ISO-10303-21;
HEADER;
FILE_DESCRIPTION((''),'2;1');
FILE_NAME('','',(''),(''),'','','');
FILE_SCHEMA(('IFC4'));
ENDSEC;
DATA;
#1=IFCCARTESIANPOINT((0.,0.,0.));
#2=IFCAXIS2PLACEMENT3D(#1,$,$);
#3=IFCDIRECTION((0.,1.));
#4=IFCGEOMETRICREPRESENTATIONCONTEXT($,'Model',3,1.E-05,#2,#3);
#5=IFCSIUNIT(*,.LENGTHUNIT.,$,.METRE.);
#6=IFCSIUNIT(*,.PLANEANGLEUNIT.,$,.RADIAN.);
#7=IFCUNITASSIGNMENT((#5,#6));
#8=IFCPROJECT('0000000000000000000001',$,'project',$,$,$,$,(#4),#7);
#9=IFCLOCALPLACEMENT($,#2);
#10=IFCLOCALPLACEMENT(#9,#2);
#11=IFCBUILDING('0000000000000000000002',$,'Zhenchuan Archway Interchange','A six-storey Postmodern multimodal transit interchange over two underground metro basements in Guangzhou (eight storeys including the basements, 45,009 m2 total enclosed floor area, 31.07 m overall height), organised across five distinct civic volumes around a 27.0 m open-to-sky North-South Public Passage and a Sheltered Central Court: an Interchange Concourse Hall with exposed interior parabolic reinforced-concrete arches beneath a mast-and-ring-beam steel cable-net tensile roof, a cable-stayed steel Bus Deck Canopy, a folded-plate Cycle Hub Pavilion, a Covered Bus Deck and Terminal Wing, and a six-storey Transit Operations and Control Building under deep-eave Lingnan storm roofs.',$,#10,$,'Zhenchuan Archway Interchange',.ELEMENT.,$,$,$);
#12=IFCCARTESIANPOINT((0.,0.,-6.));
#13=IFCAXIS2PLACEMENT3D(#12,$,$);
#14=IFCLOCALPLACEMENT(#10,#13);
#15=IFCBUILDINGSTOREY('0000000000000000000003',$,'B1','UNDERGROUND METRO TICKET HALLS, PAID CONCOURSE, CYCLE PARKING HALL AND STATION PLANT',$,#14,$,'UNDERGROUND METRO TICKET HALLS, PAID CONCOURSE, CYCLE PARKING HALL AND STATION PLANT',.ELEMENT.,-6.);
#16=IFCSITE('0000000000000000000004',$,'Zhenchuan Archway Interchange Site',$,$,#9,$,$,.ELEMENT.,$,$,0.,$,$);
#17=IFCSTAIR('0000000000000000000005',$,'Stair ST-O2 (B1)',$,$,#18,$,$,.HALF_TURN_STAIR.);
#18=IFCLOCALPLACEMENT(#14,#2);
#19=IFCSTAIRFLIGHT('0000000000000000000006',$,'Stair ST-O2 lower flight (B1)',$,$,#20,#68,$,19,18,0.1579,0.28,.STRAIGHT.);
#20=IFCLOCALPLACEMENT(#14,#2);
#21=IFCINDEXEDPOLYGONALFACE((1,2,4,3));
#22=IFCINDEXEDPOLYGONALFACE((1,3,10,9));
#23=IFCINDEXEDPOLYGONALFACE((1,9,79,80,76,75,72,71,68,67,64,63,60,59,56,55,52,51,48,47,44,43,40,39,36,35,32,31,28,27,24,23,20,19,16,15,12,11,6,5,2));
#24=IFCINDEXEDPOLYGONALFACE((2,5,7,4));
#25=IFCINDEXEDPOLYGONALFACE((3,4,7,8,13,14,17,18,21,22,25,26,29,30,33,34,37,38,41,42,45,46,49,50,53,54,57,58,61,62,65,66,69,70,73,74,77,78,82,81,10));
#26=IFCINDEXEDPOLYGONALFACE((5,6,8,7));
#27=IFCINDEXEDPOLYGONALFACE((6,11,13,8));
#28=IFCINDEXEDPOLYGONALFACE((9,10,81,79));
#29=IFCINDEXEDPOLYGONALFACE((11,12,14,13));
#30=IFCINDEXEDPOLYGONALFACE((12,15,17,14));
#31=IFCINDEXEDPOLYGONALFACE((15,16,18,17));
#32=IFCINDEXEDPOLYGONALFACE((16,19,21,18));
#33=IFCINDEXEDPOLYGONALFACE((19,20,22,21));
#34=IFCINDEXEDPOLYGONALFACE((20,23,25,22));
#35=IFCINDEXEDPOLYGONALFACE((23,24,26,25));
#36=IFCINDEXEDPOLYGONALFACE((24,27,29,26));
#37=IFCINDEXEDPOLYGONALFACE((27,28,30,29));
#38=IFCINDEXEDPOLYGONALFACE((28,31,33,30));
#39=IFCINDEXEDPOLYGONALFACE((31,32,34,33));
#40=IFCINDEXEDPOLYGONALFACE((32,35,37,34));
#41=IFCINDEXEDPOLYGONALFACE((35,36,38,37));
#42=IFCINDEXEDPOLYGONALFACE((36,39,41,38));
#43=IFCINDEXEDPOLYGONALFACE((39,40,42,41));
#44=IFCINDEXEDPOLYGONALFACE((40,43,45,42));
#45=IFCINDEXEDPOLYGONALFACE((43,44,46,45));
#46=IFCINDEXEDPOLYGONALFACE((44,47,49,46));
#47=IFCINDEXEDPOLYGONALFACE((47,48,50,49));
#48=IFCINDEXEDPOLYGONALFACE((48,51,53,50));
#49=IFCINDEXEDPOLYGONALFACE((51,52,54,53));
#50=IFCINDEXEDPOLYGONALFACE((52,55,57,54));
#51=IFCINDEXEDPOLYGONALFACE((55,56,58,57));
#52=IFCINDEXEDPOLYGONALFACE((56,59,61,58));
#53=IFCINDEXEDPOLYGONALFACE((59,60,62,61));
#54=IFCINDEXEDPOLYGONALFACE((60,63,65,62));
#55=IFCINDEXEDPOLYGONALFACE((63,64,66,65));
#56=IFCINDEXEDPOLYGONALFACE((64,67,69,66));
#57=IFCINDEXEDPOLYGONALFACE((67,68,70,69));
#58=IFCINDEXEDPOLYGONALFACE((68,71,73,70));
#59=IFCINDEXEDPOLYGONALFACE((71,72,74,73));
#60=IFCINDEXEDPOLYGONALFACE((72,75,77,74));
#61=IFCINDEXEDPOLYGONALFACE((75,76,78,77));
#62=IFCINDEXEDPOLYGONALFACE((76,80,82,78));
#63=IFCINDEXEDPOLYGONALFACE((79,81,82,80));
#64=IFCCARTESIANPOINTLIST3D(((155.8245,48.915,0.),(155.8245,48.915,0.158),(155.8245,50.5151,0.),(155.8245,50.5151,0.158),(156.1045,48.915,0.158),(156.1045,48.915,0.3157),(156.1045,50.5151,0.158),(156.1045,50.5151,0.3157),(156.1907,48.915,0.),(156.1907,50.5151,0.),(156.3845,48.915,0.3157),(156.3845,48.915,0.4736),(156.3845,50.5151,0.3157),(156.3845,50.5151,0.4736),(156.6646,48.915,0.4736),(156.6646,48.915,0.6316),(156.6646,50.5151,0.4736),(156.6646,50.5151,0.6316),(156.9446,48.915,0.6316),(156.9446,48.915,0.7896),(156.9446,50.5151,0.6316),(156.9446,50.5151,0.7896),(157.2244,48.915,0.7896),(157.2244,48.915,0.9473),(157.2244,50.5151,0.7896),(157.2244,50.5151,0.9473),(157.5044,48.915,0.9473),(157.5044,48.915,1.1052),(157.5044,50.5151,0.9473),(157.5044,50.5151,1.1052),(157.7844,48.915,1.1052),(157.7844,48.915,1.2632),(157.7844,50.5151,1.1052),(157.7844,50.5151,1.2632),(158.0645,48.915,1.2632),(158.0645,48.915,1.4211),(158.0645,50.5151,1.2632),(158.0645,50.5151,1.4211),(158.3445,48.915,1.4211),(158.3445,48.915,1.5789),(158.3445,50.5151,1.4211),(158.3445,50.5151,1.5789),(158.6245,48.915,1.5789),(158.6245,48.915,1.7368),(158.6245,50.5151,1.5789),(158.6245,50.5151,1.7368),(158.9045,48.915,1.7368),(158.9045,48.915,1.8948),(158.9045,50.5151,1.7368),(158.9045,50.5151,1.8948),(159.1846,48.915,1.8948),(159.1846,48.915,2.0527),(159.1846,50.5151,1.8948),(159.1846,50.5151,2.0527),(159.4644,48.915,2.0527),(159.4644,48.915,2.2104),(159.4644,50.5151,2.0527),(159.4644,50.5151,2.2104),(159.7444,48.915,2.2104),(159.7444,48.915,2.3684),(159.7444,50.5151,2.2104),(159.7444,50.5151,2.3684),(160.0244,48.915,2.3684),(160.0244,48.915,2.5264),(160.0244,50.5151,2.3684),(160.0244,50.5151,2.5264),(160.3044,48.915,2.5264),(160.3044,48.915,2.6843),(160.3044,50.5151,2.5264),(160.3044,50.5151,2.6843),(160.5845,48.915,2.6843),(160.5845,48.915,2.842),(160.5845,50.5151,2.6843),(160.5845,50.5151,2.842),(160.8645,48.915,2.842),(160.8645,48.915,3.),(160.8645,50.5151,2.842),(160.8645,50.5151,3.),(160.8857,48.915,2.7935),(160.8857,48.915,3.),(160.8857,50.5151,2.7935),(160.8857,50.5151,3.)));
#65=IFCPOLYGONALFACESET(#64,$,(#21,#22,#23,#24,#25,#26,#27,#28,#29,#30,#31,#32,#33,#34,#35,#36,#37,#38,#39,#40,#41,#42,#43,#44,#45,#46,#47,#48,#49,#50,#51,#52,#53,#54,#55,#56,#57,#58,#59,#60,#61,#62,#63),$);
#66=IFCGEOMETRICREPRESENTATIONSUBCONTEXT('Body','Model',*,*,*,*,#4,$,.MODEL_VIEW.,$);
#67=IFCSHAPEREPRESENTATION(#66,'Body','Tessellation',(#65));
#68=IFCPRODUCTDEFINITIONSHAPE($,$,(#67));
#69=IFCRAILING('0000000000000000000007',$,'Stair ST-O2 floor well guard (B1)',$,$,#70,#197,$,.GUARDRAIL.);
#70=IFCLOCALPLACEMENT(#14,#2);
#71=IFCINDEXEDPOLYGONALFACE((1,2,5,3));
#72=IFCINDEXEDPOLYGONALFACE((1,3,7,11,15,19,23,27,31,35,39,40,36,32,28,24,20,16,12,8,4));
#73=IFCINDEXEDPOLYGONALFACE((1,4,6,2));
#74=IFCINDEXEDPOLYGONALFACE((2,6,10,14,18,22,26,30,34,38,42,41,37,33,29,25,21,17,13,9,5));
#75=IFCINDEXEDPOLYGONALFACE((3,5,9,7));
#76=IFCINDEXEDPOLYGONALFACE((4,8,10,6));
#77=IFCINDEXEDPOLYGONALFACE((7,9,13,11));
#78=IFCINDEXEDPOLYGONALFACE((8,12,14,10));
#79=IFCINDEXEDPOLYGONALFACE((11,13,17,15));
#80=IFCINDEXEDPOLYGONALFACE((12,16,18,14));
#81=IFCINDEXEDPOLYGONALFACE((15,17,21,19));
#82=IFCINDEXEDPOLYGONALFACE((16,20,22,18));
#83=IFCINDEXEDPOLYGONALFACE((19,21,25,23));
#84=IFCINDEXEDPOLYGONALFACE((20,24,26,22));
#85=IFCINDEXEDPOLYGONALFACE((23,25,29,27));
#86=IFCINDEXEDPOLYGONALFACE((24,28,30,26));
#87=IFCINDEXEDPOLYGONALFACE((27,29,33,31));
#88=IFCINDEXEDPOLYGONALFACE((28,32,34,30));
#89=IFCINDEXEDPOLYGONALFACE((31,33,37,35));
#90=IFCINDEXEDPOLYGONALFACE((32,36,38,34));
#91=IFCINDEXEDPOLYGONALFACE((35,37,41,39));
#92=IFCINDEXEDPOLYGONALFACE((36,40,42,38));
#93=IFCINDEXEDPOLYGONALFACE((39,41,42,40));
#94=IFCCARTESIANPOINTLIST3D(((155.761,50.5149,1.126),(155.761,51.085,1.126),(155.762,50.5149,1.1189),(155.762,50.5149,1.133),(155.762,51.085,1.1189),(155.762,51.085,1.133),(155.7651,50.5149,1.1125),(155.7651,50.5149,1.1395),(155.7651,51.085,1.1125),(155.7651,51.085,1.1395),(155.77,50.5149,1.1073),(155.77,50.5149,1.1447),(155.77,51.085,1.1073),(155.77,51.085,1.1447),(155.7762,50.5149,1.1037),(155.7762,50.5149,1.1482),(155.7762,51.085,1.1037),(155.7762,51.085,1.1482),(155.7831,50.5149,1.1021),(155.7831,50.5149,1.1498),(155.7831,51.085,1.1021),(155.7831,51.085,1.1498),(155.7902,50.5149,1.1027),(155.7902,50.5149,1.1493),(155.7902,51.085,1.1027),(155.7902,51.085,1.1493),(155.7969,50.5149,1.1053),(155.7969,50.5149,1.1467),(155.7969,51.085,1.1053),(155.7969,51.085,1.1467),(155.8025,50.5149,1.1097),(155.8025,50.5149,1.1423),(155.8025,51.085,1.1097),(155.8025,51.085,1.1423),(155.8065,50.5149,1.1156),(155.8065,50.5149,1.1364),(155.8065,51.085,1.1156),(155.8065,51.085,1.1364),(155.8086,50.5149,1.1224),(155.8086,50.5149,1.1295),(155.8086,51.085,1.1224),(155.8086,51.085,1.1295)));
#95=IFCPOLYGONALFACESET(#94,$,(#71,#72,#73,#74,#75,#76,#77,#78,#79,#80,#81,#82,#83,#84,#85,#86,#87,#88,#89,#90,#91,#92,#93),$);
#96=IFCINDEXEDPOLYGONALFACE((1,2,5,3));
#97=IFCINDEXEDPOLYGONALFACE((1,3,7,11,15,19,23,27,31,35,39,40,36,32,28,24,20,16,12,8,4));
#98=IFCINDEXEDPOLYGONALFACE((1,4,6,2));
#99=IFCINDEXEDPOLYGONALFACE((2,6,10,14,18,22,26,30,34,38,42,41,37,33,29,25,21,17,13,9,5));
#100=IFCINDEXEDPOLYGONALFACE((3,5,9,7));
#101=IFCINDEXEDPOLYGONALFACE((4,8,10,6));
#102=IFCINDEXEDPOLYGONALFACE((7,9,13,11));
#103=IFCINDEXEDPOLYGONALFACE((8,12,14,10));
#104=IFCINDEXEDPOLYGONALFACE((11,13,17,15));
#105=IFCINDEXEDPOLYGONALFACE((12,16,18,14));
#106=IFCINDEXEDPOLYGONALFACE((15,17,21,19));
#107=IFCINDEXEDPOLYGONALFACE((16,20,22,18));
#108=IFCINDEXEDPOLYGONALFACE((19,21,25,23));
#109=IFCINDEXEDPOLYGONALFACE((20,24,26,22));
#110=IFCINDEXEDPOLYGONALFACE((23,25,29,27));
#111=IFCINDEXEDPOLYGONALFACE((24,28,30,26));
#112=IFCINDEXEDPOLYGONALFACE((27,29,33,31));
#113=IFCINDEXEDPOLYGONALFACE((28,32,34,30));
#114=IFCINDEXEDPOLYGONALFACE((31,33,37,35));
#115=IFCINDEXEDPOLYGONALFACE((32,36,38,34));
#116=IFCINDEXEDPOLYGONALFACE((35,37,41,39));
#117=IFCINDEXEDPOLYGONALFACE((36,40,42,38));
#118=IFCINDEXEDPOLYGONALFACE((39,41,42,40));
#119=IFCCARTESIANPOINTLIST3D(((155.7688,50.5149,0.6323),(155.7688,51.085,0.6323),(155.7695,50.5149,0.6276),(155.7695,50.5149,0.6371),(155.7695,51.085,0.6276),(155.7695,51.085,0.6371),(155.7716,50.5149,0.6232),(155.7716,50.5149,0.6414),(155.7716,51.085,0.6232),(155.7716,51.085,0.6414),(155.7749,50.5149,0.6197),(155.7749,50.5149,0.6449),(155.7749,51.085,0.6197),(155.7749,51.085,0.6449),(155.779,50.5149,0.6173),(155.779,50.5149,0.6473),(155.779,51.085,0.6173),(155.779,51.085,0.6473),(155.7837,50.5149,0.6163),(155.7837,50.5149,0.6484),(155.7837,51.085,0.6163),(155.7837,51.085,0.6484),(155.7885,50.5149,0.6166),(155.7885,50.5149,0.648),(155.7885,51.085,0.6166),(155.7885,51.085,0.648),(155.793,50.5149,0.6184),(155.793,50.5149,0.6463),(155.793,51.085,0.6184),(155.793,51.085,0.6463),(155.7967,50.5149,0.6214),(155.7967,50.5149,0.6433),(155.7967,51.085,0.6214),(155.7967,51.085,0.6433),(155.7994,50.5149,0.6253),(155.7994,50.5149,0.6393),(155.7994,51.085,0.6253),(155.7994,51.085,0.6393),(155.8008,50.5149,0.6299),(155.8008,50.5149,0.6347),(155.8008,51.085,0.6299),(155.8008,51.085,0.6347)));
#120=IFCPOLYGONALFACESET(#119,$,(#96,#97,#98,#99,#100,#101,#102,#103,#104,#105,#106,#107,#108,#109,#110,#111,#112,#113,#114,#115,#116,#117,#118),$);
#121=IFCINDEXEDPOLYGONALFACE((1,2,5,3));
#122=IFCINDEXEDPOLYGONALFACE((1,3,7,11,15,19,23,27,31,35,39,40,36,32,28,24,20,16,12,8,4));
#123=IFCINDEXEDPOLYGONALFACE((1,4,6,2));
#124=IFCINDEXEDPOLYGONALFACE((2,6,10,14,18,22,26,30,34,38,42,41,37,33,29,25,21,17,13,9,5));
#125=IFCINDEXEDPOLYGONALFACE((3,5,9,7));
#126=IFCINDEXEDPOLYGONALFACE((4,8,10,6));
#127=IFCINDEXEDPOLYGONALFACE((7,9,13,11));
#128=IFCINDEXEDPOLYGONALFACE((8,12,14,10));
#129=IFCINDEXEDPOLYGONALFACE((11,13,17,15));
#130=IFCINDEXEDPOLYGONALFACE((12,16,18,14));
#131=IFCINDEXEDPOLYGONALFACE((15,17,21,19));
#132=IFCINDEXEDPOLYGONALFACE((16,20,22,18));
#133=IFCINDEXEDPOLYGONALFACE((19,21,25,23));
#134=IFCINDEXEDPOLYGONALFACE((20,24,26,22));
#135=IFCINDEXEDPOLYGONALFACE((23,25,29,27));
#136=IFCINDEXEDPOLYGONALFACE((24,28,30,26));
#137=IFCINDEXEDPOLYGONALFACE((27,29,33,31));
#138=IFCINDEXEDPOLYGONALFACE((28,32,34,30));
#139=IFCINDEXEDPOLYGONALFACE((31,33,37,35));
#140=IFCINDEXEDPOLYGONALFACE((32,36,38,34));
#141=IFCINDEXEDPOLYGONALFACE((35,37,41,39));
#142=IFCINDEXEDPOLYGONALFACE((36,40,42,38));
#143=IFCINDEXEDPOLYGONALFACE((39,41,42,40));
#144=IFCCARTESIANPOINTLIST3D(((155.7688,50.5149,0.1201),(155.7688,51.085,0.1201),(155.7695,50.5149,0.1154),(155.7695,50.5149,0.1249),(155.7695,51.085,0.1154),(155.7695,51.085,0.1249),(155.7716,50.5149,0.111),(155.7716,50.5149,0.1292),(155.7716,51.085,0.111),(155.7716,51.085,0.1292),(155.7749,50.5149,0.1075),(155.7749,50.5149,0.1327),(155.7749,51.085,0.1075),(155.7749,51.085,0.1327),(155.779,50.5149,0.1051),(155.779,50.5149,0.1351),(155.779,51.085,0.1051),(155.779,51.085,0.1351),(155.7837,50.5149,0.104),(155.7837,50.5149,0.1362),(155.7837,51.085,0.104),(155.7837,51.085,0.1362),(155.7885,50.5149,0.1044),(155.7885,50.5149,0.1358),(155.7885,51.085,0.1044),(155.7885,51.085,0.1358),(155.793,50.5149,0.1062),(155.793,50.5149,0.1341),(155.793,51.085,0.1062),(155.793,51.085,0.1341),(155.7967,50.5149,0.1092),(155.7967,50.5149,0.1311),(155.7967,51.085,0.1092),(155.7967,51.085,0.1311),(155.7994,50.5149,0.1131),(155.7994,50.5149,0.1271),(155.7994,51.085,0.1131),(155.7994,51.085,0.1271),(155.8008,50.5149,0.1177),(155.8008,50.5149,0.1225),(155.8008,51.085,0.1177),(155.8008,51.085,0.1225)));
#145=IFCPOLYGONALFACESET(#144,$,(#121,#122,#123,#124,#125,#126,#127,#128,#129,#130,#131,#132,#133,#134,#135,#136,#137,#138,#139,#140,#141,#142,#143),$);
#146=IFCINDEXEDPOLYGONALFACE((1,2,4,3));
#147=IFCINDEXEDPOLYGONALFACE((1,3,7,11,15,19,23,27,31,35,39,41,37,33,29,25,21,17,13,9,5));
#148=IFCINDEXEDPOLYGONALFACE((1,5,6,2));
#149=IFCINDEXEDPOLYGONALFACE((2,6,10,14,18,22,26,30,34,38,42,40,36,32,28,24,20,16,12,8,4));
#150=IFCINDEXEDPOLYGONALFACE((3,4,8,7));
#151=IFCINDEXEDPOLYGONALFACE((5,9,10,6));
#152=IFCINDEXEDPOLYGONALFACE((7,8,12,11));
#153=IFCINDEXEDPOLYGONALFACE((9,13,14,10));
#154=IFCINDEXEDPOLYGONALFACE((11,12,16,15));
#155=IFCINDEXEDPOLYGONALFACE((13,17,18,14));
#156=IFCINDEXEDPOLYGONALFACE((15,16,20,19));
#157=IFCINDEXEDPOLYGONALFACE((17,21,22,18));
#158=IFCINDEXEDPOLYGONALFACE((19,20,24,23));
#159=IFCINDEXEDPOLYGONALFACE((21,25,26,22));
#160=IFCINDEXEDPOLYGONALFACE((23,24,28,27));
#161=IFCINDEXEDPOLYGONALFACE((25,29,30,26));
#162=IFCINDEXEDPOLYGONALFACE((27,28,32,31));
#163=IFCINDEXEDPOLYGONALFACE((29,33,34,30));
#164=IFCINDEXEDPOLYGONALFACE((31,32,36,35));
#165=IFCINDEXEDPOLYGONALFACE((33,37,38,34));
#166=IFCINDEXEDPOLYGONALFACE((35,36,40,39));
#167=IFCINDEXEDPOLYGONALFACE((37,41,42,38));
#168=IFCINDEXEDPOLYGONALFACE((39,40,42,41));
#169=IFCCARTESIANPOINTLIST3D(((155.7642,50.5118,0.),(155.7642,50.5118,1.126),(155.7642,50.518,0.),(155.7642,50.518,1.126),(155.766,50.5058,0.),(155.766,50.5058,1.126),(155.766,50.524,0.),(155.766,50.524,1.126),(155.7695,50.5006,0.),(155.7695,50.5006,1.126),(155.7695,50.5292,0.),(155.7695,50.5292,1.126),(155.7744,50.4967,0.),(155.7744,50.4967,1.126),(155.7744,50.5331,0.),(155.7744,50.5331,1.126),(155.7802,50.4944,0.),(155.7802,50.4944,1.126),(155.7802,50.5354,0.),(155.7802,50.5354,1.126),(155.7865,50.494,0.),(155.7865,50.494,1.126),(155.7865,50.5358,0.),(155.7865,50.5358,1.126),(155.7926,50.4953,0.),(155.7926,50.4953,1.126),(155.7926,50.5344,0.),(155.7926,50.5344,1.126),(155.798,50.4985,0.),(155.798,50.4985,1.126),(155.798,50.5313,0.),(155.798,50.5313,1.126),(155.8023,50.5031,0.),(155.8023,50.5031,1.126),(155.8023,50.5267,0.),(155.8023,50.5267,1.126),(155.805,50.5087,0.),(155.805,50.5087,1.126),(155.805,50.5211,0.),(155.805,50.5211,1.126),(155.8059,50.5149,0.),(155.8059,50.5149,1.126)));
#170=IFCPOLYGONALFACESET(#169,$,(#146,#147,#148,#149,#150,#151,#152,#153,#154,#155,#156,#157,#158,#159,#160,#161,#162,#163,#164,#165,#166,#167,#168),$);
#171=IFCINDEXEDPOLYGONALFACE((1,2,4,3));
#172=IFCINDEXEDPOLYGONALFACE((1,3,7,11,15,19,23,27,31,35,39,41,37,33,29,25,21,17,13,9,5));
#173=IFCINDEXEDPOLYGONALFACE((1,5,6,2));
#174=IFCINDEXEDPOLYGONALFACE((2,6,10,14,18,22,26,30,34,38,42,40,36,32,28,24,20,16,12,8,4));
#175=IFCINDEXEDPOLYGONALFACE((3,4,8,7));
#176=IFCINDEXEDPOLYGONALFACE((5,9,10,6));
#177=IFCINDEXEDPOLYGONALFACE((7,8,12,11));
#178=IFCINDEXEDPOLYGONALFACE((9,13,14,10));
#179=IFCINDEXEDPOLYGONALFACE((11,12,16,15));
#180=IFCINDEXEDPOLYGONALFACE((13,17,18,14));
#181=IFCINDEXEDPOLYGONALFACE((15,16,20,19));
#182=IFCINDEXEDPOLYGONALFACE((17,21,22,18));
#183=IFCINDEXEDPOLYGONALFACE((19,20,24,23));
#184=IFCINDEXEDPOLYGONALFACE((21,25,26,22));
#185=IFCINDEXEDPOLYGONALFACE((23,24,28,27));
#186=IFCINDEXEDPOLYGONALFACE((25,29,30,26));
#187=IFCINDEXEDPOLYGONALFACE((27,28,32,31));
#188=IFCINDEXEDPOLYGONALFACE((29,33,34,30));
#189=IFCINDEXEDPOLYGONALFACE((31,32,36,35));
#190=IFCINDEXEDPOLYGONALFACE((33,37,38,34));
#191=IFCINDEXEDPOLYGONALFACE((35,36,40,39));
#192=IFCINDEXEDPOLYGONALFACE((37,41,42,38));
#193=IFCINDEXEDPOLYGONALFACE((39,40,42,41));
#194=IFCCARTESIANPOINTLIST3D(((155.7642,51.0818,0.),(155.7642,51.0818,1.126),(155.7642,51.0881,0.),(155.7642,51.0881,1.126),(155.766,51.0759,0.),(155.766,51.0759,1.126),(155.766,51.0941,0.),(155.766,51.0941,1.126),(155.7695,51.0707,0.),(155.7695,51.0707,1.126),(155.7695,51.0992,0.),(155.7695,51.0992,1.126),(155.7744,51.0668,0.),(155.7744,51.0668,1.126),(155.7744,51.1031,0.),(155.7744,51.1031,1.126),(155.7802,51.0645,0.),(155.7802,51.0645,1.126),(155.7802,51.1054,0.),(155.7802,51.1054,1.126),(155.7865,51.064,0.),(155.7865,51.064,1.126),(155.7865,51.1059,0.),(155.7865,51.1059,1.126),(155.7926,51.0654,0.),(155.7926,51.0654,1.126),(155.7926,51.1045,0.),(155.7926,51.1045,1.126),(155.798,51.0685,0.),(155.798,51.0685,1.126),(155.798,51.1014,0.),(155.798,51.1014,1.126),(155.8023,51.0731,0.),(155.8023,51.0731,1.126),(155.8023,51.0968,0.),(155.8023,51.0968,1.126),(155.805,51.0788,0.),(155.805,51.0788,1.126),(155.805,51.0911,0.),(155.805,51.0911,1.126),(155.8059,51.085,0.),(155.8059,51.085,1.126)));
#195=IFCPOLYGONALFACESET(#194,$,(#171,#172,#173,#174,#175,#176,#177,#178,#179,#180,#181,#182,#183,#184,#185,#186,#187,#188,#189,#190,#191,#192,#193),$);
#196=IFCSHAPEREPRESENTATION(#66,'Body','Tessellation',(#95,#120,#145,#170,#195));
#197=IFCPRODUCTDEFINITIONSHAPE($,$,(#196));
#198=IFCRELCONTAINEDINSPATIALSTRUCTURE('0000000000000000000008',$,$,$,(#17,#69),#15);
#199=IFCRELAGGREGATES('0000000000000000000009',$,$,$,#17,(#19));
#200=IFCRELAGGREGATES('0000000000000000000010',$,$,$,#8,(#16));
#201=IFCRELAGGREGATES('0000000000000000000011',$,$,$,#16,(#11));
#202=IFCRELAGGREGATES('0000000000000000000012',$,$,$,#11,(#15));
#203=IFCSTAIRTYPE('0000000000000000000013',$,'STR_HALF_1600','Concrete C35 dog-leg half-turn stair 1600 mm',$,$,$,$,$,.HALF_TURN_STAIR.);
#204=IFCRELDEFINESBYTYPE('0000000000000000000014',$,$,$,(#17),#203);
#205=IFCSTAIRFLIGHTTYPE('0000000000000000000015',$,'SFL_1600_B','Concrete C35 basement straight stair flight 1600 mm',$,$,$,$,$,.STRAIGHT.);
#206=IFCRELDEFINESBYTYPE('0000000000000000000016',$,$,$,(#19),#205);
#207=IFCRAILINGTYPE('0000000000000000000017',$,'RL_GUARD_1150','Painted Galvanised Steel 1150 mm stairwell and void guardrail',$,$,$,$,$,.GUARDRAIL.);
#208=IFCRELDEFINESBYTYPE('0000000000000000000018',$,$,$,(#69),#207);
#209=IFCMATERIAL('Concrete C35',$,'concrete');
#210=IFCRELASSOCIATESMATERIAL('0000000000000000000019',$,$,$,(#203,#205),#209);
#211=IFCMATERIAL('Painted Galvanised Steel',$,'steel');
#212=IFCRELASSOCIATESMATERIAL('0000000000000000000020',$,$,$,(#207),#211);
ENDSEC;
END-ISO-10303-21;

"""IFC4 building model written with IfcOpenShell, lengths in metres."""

from ifc_helpers import new_model, si_unit, direction, frame, origin, origin_2d, place, context, subcontext, project, spatial, polyline, circle, outline, extrude, material, type_object, element, aggregate, save


model = new_model("IFC4")

# Units and contexts
model_context = context("Model", 3, precision=1e-05, world=origin(), true_north=direction((0.0, 1.0)))
body_context = subcontext(model_context, "Body", "Model", "MODEL_VIEW")
ifc_project = project(units=[si_unit("LENGTHUNIT", "METRE"), si_unit("PLANEANGLEUNIT", "RADIAN")], contexts=[model_context])

# Site, building, storey
site_placement = place(None, origin())
site = spatial("IfcSite", under=ifc_project, at=site_placement, Name="Zhenchuan Archway Interchange Site", CompositionType="ELEMENT", RefElevation=0.0)
building_placement = place(site_placement, origin())
building = spatial("IfcBuilding", under=site, at=building_placement, Name="Zhenchuan Archway Interchange", Description="A six-storey Postmodern multimodal transit interchange over two underground metro basements in Guangzhou (eight storeys including the basements, 45,009 m2 total enclosed floor area, 31.07 m overall height), organised across five distinct civic volumes around a 27.0 m open-to-sky North-South Public Passage and a Sheltered Central Court: an Interchange Concourse Hall with exposed interior parabolic reinforced-concrete arches beneath a mast-and-ring-beam steel cable-net tensile roof, a cable-stayed steel Bus Deck Canopy, a folded-plate Cycle Hub Pavilion, a Covered Bus Deck and Terminal Wing, and a six-storey Transit Operations and Control Building under deep-eave Lingnan storm roofs.", LongName="Zhenchuan Archway Interchange", CompositionType="ELEMENT")
storey_placement = place(building_placement, frame((0.0, 0.0, -6.0)))
storey = spatial("IfcBuildingStorey", under=building, at=storey_placement, Name="B1", Description="UNDERGROUND METRO TICKET HALLS, PAID CONCOURSE, CYCLE PARKING HALL AND STATION PLANT", LongName="UNDERGROUND METRO TICKET HALLS, PAID CONCOURSE, CYCLE PARKING HALL AND STATION PLANT", CompositionType="ELEMENT", Elevation=-6.0)

# Shared definitions
ifc_material_1 = material(Name="Painted Galvanised Steel", Category="steel")

# Stair, stair flight
ifc_material_2 = material(Name="Concrete C35", Category="concrete")
stair_type = type_object("IfcStairType", Name="STR_HALF_1600", Description="Concrete C35 dog-leg half-turn stair 1600 mm", PredefinedType="HALF_TURN_STAIR", material=ifc_material_2)
stair_placement = place(storey_placement, origin())
stair = element("IfcStair", 1, at=stair_placement, inside=storey, type_object=stair_type, Name="Stair ST-O2 (B1)", PredefinedType="HALF_TURN_STAIR")
stair_flight_type = type_object("IfcStairFlightType", Name="SFL_1600_B", Description="Concrete C35 basement straight stair flight 1600 mm", PredefinedType="STRAIGHT", material=ifc_material_2)
stair_flight_placement = place(storey_placement, frame((155.8245, 49.7151, 0.0), z_axis=(0.0, 0.0, 1.0), x_axis=(1.0, 0.0, 0.0)))
stair_flight = element("IfcStairFlight", 2, at=stair_flight_placement, type_object=stair_flight_type, Name="Stair ST-O2 lower flight (B1)", NumberOfRisers=19, NumberOfTreads=18, PredefinedType="STRAIGHT", RiserHeight=0.1579, TreadLength=0.28, context=body_context, shape_type="SweptSolid", body=[
    extrude(outline(polyline([(0.0, 0.0), (0.0, 0.158), (0.28, 0.158), (0.28, 0.3157), (0.5601, 0.3157), (0.5601, 0.4736), (0.8401, 0.4736), (0.8401, 0.6316), (1.1201, 0.6316), (1.1201, 0.7896), (1.3999, 0.7896), (1.3999, 0.9473), (1.6799, 0.9473), (1.6799, 1.1052), (1.96, 1.1052), (1.96, 1.2632), (2.24, 1.2632), (2.24, 1.4211), (2.52, 1.4211), (2.52, 1.5789), (2.8, 1.5789), (2.8, 1.7368), (3.0801, 1.7368), (3.0801, 1.8948), (3.3601, 1.8948), (3.3601, 2.0527), (3.6399, 2.0527), (3.6399, 2.2104), (3.9199, 2.2104), (3.9199, 2.3684), (4.2, 2.3684), (4.2, 2.5264), (4.48, 2.5264), (4.48, 2.6843), (4.76, 2.6843), (4.76, 2.842), (5.04, 2.842), (5.04, 3.0), (5.0613, 3.0), (5.0613, 2.7935), (0.3662, 0.0), (0.0, 0.0)])), frame((0.0, 0.8, 0.0), z_axis=(0.0, -1.0, 0.0), x_axis=(1.0, 0.0, 0.0)), (0.0, 0.0, 1.0), 1.6001),
])
aggregate(stair, [stair_flight])

# Railing
railing_type_1 = type_object("IfcRailingType", Name="RL_GUARD_1150", Description="Painted Galvanised Steel 1150 mm stairwell and void guardrail", PredefinedType="GUARDRAIL", material=ifc_material_1)
railing_placement = place(storey_placement, frame((155.7849, 50.5149, 0.0)))
element("IfcRailing", 3, at=railing_placement, inside=storey, type_object=railing_type_1, Name="Stair ST-O2 floor well guard (B1)", PredefinedType="GUARDRAIL", context=body_context, shape_type="SweptSolid", body=[
    extrude(circle(Radius=0.0239, at=origin_2d()), frame((0.0, 0.0, 1.126), z_axis=(0.0, 1.0, 0.0), x_axis=(-1.0, 0.0, 0.0)), (0.0, 0.0, 1.0), 0.5701),
    extrude(circle(Radius=0.0161, at=origin_2d()), frame((0.0, 0.0, 0.6323), z_axis=(0.0, 1.0, 0.0), x_axis=(-1.0, 0.0, 0.0)), (0.0, 0.0, 1.0), 0.5701),
    extrude(circle(Radius=0.0161, at=origin_2d()), frame((0.0, 0.0, 0.1201), z_axis=(0.0, 1.0, 0.0), x_axis=(-1.0, 0.0, 0.0)), (0.0, 0.0, 1.0), 0.5701),
    extrude(circle(Radius=0.021, at=origin_2d()), origin(), (0.0, 0.0, 1.0), 1.126),
    extrude(circle(Radius=0.021, at=origin_2d()), frame((0.0, 0.5701, 0.0)), (0.0, 0.0, 1.0), 1.126),
])

save(model, "model.ifc")
